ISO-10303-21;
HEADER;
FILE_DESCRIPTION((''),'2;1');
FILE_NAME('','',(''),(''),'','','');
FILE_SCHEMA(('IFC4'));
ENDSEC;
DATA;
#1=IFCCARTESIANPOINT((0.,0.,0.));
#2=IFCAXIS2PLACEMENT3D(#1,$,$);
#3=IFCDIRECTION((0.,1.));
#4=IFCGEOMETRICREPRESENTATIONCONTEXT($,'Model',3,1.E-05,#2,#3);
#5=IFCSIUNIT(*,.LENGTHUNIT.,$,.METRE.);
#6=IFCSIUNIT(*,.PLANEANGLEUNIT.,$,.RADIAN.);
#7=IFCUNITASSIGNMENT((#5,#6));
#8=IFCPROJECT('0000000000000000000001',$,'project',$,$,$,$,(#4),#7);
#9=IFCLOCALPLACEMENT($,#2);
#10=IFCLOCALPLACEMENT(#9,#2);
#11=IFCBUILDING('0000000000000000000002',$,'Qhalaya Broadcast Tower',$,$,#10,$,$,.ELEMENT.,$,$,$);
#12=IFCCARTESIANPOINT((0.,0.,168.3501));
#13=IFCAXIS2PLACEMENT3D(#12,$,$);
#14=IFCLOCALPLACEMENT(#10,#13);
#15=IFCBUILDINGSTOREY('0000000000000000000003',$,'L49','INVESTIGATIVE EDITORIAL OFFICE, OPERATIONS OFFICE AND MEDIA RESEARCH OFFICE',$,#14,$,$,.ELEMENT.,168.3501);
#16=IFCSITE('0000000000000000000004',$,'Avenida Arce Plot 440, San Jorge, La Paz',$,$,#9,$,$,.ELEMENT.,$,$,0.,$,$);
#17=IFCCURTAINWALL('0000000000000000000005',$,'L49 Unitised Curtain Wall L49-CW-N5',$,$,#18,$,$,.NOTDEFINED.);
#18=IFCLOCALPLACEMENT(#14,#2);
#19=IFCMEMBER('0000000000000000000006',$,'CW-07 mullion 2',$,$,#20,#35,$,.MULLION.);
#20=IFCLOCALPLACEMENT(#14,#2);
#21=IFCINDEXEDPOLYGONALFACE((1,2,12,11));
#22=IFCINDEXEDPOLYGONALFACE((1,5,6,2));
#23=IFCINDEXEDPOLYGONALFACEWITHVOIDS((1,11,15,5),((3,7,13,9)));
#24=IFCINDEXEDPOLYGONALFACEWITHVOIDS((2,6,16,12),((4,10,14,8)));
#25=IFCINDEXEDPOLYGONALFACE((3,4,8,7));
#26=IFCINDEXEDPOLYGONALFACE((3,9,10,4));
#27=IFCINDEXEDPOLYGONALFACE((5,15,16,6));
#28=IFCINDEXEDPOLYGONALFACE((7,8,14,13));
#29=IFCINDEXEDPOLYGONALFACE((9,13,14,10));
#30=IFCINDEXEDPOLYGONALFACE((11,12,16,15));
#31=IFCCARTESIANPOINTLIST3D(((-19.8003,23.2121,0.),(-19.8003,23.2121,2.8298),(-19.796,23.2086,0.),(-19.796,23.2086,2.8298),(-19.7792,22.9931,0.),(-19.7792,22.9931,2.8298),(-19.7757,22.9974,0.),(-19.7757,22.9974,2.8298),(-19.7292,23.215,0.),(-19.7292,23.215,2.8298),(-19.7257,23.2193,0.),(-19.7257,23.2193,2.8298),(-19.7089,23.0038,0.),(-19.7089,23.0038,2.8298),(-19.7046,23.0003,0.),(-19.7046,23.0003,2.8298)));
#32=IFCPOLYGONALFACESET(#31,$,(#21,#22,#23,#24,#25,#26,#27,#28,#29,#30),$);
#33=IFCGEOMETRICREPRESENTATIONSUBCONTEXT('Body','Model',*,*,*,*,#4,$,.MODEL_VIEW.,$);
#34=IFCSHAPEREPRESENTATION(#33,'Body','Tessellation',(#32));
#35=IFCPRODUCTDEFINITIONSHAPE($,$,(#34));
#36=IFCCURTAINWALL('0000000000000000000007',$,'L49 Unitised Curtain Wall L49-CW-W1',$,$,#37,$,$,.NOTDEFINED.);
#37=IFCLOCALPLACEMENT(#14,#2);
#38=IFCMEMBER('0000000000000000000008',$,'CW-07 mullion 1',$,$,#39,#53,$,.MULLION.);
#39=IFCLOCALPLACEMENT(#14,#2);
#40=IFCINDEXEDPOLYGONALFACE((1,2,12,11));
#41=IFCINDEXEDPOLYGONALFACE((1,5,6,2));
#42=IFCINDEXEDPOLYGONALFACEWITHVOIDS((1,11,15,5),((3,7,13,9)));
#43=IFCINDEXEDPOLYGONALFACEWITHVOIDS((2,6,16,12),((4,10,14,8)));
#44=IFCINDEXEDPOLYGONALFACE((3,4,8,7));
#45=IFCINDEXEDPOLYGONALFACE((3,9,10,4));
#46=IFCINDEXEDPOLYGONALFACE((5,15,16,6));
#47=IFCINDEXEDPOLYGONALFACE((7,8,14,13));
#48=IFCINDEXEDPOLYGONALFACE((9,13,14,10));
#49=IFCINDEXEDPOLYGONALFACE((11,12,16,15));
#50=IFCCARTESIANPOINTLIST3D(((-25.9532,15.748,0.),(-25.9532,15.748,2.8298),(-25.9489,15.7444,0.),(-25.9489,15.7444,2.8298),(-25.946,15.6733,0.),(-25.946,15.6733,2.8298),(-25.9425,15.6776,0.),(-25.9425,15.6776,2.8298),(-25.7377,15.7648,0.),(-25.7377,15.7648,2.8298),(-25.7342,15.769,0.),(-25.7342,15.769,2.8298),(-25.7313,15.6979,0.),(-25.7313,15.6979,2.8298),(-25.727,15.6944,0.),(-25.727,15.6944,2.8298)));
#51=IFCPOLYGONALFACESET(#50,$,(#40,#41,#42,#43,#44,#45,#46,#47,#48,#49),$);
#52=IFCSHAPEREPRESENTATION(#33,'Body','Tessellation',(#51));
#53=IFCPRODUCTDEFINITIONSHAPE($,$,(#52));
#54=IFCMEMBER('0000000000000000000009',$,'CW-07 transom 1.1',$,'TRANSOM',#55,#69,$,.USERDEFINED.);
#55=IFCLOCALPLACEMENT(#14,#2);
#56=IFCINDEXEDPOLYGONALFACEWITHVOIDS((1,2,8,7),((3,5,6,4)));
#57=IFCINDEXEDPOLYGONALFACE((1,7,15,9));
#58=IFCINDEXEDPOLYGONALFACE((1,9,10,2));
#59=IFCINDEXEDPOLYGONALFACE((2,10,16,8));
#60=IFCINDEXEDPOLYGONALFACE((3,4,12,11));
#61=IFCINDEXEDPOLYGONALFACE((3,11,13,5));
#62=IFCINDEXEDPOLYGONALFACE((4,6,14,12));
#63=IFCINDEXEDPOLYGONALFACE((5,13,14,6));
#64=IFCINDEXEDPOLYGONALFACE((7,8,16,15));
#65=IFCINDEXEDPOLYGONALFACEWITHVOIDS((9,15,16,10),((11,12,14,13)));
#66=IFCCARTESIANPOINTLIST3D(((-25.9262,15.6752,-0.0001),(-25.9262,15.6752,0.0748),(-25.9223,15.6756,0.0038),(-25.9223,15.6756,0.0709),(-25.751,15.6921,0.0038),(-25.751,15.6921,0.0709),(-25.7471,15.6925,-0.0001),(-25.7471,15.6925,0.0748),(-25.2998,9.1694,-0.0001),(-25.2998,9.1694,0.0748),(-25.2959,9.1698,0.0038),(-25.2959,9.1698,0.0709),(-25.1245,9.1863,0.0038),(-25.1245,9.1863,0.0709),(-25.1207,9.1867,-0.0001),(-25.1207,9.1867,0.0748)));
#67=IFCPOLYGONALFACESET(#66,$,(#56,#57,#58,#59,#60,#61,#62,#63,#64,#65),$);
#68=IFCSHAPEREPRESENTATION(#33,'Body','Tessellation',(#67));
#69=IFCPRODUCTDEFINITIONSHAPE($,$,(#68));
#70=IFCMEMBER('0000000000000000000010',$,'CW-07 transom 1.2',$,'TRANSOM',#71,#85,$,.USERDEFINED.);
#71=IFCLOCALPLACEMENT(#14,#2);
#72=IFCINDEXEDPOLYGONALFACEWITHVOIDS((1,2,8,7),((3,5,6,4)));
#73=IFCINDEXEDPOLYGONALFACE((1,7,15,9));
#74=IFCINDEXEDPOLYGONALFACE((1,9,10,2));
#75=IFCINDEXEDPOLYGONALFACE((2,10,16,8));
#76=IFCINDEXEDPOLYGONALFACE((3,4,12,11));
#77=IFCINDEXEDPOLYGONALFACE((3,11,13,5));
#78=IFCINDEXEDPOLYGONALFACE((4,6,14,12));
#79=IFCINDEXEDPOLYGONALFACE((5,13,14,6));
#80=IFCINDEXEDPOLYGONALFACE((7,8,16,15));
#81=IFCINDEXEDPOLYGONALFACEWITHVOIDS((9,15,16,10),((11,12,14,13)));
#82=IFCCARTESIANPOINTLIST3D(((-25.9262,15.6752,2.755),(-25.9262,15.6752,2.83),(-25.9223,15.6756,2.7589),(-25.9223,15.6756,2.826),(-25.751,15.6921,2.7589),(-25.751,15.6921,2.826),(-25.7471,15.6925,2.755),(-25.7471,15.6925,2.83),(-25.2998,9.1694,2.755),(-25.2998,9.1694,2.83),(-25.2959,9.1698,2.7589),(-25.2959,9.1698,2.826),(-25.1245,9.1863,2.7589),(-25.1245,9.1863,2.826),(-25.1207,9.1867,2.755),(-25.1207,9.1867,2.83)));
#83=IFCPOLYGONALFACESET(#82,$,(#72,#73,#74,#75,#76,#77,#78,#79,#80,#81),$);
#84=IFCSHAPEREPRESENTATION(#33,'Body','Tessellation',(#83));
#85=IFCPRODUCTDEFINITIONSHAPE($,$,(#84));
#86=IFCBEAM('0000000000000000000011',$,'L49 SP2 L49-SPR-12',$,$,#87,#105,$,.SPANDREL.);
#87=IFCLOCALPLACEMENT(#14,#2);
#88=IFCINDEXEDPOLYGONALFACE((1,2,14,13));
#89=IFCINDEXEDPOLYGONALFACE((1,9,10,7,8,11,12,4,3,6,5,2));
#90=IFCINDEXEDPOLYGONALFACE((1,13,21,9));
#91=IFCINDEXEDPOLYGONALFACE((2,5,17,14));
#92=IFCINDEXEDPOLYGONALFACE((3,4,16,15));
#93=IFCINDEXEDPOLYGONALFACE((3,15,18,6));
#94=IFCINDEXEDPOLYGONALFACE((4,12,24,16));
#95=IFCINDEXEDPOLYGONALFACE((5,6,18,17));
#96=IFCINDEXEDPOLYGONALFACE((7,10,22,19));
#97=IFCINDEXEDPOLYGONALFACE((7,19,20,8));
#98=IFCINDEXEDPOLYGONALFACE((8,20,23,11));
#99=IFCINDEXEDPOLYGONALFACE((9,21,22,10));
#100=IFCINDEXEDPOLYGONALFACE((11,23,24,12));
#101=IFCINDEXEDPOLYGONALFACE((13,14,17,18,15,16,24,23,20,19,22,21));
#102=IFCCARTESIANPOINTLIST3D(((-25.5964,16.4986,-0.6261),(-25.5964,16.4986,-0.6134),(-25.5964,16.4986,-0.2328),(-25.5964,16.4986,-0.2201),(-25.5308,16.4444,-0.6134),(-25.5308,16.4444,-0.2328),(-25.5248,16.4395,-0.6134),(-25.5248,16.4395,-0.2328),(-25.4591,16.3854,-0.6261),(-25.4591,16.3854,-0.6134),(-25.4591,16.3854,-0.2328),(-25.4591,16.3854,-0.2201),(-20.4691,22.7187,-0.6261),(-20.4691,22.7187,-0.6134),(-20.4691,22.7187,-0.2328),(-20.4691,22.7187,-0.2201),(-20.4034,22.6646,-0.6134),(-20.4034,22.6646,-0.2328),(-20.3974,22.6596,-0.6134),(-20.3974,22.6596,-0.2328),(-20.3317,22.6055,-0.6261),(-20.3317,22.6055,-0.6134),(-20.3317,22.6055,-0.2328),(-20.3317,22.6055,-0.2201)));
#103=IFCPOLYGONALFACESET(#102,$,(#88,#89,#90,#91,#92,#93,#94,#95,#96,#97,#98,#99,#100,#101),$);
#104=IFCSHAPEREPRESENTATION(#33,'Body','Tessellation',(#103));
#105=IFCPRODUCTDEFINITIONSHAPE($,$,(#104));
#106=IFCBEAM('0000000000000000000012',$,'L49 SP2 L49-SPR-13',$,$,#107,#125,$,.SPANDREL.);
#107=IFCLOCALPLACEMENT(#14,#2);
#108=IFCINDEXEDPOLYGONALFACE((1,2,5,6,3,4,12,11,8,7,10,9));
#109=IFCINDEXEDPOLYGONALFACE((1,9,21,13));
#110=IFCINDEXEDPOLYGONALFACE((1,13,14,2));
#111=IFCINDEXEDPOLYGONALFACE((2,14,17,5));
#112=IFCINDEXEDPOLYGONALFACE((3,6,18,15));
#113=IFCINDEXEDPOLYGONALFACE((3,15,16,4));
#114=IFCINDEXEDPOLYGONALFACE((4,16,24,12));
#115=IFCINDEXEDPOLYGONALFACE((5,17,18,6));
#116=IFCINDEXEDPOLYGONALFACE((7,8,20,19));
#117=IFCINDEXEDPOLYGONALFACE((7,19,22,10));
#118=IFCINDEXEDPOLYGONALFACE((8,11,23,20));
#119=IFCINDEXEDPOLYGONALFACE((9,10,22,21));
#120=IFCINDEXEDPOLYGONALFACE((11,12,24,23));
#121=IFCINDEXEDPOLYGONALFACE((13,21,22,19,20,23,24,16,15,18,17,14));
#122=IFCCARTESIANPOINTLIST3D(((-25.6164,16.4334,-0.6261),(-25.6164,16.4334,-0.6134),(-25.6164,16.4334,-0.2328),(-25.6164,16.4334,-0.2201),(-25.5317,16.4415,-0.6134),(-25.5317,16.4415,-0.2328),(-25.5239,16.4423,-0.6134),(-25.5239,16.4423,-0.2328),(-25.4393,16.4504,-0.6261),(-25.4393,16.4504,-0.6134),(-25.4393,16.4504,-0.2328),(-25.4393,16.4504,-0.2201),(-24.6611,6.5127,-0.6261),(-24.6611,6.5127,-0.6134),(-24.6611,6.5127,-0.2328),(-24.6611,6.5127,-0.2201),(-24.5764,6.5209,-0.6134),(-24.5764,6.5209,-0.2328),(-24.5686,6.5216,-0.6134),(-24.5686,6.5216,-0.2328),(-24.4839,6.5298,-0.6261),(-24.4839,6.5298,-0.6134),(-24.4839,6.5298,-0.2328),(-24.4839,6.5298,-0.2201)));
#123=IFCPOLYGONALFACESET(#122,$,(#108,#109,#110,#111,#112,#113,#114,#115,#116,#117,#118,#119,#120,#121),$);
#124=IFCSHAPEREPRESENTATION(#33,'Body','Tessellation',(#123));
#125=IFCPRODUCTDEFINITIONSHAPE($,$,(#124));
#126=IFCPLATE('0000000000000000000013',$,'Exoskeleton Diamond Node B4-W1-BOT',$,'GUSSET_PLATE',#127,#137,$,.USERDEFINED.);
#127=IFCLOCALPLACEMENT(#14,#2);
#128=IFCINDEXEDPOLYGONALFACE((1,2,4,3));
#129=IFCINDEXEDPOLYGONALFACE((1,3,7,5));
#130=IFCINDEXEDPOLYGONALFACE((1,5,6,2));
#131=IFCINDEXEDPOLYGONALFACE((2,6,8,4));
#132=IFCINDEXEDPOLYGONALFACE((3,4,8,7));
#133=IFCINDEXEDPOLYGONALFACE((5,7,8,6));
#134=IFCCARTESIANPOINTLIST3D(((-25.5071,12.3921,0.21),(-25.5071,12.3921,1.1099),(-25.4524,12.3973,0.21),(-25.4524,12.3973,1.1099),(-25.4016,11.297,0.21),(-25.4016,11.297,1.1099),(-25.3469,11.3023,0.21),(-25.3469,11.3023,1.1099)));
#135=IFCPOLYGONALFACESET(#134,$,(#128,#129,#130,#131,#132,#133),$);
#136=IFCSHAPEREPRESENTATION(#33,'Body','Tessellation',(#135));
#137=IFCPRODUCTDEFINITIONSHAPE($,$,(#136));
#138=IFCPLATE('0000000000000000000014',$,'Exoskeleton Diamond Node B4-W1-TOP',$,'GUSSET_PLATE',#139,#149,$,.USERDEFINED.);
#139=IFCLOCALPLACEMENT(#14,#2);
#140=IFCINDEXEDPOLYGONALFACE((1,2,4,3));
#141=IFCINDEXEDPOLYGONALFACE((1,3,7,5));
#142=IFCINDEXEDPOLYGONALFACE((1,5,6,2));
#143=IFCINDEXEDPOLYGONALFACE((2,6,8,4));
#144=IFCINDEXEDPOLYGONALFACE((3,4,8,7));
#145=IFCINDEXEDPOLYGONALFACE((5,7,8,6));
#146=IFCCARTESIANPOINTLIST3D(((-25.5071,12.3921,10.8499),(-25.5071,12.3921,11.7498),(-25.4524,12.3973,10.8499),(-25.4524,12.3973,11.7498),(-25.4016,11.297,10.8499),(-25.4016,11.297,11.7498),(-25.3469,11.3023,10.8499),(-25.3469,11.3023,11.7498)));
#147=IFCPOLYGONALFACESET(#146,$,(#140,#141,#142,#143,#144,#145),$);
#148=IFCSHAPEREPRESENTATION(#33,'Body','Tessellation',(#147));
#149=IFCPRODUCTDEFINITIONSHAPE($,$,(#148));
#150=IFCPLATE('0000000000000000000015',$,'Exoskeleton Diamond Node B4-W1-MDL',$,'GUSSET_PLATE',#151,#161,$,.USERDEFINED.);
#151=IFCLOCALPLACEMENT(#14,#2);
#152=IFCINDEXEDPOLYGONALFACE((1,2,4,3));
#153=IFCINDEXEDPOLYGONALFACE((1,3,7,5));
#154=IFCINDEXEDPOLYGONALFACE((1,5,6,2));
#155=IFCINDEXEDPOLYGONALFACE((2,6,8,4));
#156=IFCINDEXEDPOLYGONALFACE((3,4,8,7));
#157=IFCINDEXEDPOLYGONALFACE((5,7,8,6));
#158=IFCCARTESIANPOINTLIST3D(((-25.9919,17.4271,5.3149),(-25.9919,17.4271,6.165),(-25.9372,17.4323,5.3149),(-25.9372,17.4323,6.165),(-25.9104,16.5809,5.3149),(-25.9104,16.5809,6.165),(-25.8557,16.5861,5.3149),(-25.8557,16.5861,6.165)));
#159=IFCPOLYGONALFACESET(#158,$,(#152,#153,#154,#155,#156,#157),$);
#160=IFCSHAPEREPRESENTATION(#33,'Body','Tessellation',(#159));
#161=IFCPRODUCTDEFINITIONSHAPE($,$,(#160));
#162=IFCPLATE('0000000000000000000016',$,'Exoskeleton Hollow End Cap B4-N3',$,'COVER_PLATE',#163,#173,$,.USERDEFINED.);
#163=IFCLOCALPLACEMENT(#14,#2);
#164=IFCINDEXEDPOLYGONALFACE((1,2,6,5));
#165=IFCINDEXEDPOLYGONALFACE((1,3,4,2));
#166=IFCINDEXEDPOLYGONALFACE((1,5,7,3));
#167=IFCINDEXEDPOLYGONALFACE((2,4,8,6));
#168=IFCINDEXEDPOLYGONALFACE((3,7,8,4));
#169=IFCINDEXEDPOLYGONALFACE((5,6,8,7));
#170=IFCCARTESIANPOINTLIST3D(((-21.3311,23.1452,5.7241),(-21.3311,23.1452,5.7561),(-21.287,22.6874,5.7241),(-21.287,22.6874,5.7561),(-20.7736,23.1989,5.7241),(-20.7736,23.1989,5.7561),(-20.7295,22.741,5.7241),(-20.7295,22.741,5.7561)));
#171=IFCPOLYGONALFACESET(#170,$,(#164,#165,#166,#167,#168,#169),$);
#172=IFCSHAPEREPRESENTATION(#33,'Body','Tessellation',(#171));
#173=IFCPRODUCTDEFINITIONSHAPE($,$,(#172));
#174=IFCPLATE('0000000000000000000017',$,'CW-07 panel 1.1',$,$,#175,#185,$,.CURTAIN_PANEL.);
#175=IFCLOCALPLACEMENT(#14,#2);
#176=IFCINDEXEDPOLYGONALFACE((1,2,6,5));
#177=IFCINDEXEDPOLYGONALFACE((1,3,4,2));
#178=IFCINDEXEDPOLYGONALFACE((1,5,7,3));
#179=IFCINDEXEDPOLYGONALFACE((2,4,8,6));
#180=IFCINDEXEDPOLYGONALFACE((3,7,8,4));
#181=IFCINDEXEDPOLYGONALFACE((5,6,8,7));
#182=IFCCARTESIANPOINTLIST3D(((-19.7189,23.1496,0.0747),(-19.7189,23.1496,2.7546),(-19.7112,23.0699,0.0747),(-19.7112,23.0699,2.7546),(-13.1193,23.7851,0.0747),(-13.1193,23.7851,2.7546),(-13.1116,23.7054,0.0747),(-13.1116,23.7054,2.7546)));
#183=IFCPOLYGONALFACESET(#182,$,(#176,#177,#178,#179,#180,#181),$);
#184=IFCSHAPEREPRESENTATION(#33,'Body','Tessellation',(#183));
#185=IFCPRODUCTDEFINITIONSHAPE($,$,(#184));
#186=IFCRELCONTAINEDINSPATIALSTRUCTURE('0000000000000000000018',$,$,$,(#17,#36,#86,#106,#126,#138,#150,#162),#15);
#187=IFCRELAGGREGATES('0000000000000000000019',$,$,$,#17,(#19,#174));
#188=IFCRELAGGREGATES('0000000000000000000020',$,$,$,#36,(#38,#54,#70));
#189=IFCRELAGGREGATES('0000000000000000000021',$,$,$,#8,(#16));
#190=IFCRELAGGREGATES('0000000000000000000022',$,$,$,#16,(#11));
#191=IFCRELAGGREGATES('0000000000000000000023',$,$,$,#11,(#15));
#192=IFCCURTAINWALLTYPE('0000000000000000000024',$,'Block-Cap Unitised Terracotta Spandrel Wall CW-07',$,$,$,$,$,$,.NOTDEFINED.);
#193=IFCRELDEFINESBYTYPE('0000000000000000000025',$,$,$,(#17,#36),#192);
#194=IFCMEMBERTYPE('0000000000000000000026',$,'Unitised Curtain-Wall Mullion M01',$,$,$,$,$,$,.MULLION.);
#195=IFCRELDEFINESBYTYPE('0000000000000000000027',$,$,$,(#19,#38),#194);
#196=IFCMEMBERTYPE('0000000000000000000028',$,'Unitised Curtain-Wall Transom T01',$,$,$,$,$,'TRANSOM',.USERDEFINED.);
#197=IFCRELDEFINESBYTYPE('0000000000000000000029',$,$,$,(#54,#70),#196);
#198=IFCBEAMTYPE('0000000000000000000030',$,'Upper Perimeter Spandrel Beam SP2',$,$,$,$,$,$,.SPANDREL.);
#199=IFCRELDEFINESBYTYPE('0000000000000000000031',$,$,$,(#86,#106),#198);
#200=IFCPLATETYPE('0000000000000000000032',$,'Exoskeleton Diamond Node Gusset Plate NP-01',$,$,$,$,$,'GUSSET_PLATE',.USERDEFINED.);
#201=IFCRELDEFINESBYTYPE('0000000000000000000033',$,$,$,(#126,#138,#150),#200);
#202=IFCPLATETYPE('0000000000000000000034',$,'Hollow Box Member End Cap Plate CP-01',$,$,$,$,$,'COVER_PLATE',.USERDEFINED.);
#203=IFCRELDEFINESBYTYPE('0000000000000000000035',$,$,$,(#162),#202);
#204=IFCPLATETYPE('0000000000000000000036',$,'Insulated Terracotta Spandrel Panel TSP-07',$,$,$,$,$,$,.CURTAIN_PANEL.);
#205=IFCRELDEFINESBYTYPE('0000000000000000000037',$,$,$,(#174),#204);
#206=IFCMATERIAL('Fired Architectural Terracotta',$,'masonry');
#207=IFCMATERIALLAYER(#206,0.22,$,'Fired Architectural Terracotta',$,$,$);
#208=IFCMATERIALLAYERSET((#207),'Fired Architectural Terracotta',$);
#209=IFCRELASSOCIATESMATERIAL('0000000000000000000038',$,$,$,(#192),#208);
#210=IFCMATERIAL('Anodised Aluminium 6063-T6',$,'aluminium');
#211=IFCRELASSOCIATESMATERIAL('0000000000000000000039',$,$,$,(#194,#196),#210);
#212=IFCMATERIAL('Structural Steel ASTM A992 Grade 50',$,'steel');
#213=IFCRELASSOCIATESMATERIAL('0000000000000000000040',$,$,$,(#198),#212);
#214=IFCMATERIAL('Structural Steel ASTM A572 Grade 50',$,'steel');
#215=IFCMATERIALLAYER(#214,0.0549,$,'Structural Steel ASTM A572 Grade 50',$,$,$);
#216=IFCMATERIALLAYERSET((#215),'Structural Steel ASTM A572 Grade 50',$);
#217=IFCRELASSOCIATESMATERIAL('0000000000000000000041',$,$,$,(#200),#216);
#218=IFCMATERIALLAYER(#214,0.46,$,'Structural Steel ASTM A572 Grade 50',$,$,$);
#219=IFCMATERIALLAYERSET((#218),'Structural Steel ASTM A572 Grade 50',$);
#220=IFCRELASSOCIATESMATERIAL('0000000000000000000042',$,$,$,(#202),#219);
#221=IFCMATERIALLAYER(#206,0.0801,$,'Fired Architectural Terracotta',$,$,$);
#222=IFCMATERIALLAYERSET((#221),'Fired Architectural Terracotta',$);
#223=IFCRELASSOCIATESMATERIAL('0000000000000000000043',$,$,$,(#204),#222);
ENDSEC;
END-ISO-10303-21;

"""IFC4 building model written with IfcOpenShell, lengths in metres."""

from ifc_helpers import new_model, si_unit, direction, frame, origin, origin_2d, place, context, subcontext, project, spatial, rectangle, hollow_rectangle, i_section, extrude, material, layer, layer_set, material_profile, profile_set, type_object, element, aggregate, save


model = new_model("IFC4")

# Units and contexts
model_context = context("Model", 3, precision=1e-05, world=origin(), true_north=direction((0.0, 1.0)))
body_context = subcontext(model_context, "Body", "Model", "MODEL_VIEW")
ifc_project = project(units=[si_unit("LENGTHUNIT", "METRE"), si_unit("PLANEANGLEUNIT", "RADIAN")], contexts=[model_context])

# Site, building, storey
site_placement = place(None, origin())
site = spatial("IfcSite", under=ifc_project, at=site_placement, Name="Avenida Arce Plot 440, San Jorge, La Paz", CompositionType="ELEMENT", RefElevation=0.0)
building_placement = place(site_placement, origin())
building = spatial("IfcBuilding", under=site, at=building_placement, Name="Qhalaya Broadcast Tower", CompositionType="ELEMENT")
storey_placement = place(building_placement, frame((0.0, 0.0, 168.3501)))
storey = spatial("IfcBuildingStorey", under=building, at=storey_placement, Name="L49", Description="INVESTIGATIVE EDITORIAL OFFICE, OPERATIONS OFFICE AND MEDIA RESEARCH OFFICE", CompositionType="ELEMENT", Elevation=168.3501)

# Shared definitions
ifc_material_1 = material(Name="Structural Steel ASTM A572 Grade 50", Category="steel")

# Shared definitions
ifc_material_2 = material(Name="Structural Steel ASTM A992 Grade 50", Category="steel")

# Shared definitions
ifc_material_3 = material(Name="Fired Architectural Terracotta", Category="masonry")

# Curtain wall, member
ifc_layer_1 = layer(ifc_material_3, 0.22, Name="Fired Architectural Terracotta")
ifc_layer_set_1 = layer_set([ifc_layer_1], Name="Fired Architectural Terracotta")
curtain_wall_type = type_object("IfcCurtainWallType", Name="Block-Cap Unitised Terracotta Spandrel Wall CW-07", PredefinedType="NOTDEFINED", material=ifc_layer_set_1)
curtain_wall_1_placement = place(storey_placement, origin())
curtain_wall_1 = element("IfcCurtainWall", 1, at=curtain_wall_1_placement, inside=storey, type_object=curtain_wall_type, Name="L49 Unitised Curtain Wall L49-CW-N5", PredefinedType="NOTDEFINED")
ifc_material_4 = material(Name="Anodised Aluminium 6063-T6", Category="aluminium")
ifc_material_profile_1 = material_profile(ifc_material_4, hollow_rectangle(XDim=0.075, YDim=0.22, WallThickness=0.0039, at=origin_2d()), Name="ALU-MUL 75x220x4")
ifc_profile_set_1 = profile_set([ifc_material_profile_1], Name="Anodised Aluminium 6063-T6")
member_type_1 = type_object("IfcMemberType", Name="Unitised Curtain-Wall Mullion M01", PredefinedType="MULLION", material=ifc_profile_set_1)
member_1_placement = place(storey_placement, frame((-19.7524, 23.1062, 0.0), z_axis=(0.0, 0.0, 1.0), x_axis=(-0.995397, -0.095841, 0.0)))
member_1 = element("IfcMember", 2, at=member_1_placement, type_object=member_type_1, Name="CW-07 mullion 2", PredefinedType="MULLION", context=body_context, shape_type="SweptSolid", body=[
    extrude(hollow_rectangle(XDim=0.075, YDim=0.22, WallThickness=0.0039, at=origin_2d()), origin(), (0.0, 0.0, 1.0), 2.8298),
])

# Curtain wall, members
curtain_wall_2_placement = place(storey_placement, origin())
curtain_wall_2 = element("IfcCurtainWall", 3, at=curtain_wall_2_placement, inside=storey, type_object=curtain_wall_type, Name="L49 Unitised Curtain Wall L49-CW-W1", PredefinedType="NOTDEFINED")
member_2_placement = place(storey_placement, frame((-25.8401, 15.7212, 0.0), z_axis=(0.0, 0.0, 1.0), x_axis=(0.095842, -0.995397, 0.0)))
member_2 = element("IfcMember", 4, at=member_2_placement, type_object=member_type_1, Name="CW-07 mullion 1", PredefinedType="MULLION", context=body_context, shape_type="SweptSolid", body=[
    extrude(hollow_rectangle(XDim=0.075, YDim=0.22, WallThickness=0.0039, at=origin_2d()), origin(), (0.0, 0.0, 1.0), 2.8298),
])
ifc_material_profile_2 = material_profile(ifc_material_4, hollow_rectangle(XDim=0.075, YDim=0.1799, WallThickness=0.0039, at=origin_2d()), Name="ALU-TRN 75x180x4")
ifc_profile_set_2 = profile_set([ifc_material_profile_2], Name="Anodised Aluminium 6063-T6")
member_type_2 = type_object("IfcMemberType", Name="Unitised Curtain-Wall Transom T01", ElementType="TRANSOM", PredefinedType="USERDEFINED", material=ifc_profile_set_2)
member_3_placement = place(storey_placement, frame((-25.8367, 15.6838, 0.0374), z_axis=(0.095849, -0.995396, 0.0), x_axis=(0.0, 0.0, 1.0)))
member_3 = element("IfcMember", 5, at=member_3_placement, type_object=member_type_2, Name="CW-07 transom 1.1", ObjectType="TRANSOM", PredefinedType="USERDEFINED", context=body_context, shape_type="SweptSolid", body=[
    extrude(hollow_rectangle(XDim=0.075, YDim=0.1799, WallThickness=0.0039, at=origin_2d()), origin(), (0.0, 0.0, 1.0), 6.5359),
])
member_4_placement = place(storey_placement, frame((-25.8367, 15.6838, 2.7925), z_axis=(0.095849, -0.995396, 0.0), x_axis=(0.0, 0.0, 1.0)))
member_4 = element("IfcMember", 6, at=member_4_placement, type_object=member_type_2, Name="CW-07 transom 1.2", ObjectType="TRANSOM", PredefinedType="USERDEFINED", context=body_context, shape_type="SweptSolid", body=[
    extrude(hollow_rectangle(XDim=0.075, YDim=0.1799, WallThickness=0.0039, at=origin_2d()), origin(), (0.0, 0.0, 1.0), 6.5359),
])

# Beams
ifc_material_profile_3 = material_profile(ifc_material_2, i_section(OverallWidth=0.178, OverallDepth=0.406, WebThickness=0.0078, FlangeThickness=0.0127, at=origin_2d()), Name="W16X40")
ifc_profile_set_3 = profile_set([ifc_material_profile_3], Name="Structural Steel ASTM A992 Grade 50")
beam_type_1 = type_object("IfcBeamType", Name="Upper Perimeter Spandrel Beam SP2", PredefinedType="SPANDREL", material=ifc_profile_set_3)
beam_1_placement = place(storey_placement, frame((-20.4004, 22.6621, -0.4231), z_axis=(-0.63607, -0.771631, 0.0), x_axis=(0.771631, -0.63607, 0.0)))
element("IfcBeam", 7, at=beam_1_placement, inside=storey, type_object=beam_type_1, Name="L49 SP2 L49-SPR-12", PredefinedType="SPANDREL", context=body_context, shape_type="SweptSolid", body=[
    extrude(i_section(OverallWidth=0.178, OverallDepth=0.406, WebThickness=0.0078, FlangeThickness=0.0127, at=origin_2d()), origin(), (0.0, 0.0, 1.0), 8.061),
])
beam_2_placement = place(storey_placement, frame((-25.5278, 16.4419, -0.4231), z_axis=(0.095853, -0.995396, 0.0), x_axis=(0.995396, 0.095853, 0.0)))
element("IfcBeam", 8, at=beam_2_placement, inside=storey, type_object=beam_type_1, Name="L49 SP2 L49-SPR-13", PredefinedType="SPANDREL", context=body_context, shape_type="SweptSolid", body=[
    extrude(i_section(OverallWidth=0.178, OverallDepth=0.406, WebThickness=0.0078, FlangeThickness=0.0127, at=origin_2d()), origin(), (0.0, 0.0, 1.0), 9.9666),
])

# Plates
ifc_layer_2 = layer(ifc_material_1, 0.0549, Name="Structural Steel ASTM A572 Grade 50")
ifc_layer_set_2 = layer_set([ifc_layer_2], Name="Structural Steel ASTM A572 Grade 50")
plate_type_1 = type_object("IfcPlateType", Name="Exoskeleton Diamond Node Gusset Plate NP-01", ElementType="GUSSET_PLATE", PredefinedType="USERDEFINED", material=ifc_layer_set_2)
for number, where, z_axis, x_axis, name in (
    (9, (-25.427, 11.8472, 0.21), (0.0, 0.0, 1.0), (-0.095846, 0.995396, 0.0), "Exoskeleton Diamond Node B4-W1-BOT"),
    (10, (-25.427, 11.8472, 10.8499), (0.0, 0.0, 1.0), (-0.095846, 0.995396, 0.0), "Exoskeleton Diamond Node B4-W1-TOP"),
):
    element("IfcPlate", number, at=place(storey_placement, frame(where, z_axis=z_axis, x_axis=x_axis)), inside=storey, type_object=plate_type_1, Name=name, ObjectType="GUSSET_PLATE", PredefinedType="USERDEFINED", context=body_context, shape_type="SweptSolid", body=[
        extrude(rectangle(XDim=1.1001, YDim=0.0549, at=origin_2d()), origin(), (0.0, 0.0, 1.0), 0.8999),
    ])
plate_1_placement = place(storey_placement, frame((-25.9238, 17.0066, 5.3149), z_axis=(0.0, 0.0, 1.0), x_axis=(-0.095846, 0.995396, 0.0)))
element("IfcPlate", 11, at=plate_1_placement, inside=storey, type_object=plate_type_1, Name="Exoskeleton Diamond Node B4-W1-MDL", ObjectType="GUSSET_PLATE", PredefinedType="USERDEFINED", context=body_context, shape_type="SweptSolid", body=[
    extrude(rectangle(XDim=0.8501, YDim=0.0549, at=origin_2d()), origin(), (0.0, 0.0, 1.0), 0.8501),
])
ifc_layer_3 = layer(ifc_material_1, 0.46, Name="Structural Steel ASTM A572 Grade 50")
ifc_layer_set_3 = layer_set([ifc_layer_3], Name="Structural Steel ASTM A572 Grade 50")
plate_type_2 = type_object("IfcPlateType", Name="Hollow Box Member End Cap Plate CP-01", ElementType="COVER_PLATE", PredefinedType="USERDEFINED", material=ifc_layer_set_3)
plate_2_placement = place(storey_placement, frame((-21.0303, 22.9431, 5.7241), z_axis=(0.0, 0.0, 1.0), x_axis=(0.995396, 0.095846, 0.0)))
element("IfcPlate", 12, at=plate_2_placement, inside=storey, type_object=plate_type_2, Name="Exoskeleton Hollow End Cap B4-N3", ObjectType="COVER_PLATE", PredefinedType="USERDEFINED", context=body_context, shape_type="SweptSolid", body=[
    extrude(rectangle(XDim=0.5601, YDim=0.46, at=origin_2d()), origin(), (0.0, 0.0, 1.0), 0.032),
])

# Plate
ifc_layer_4 = layer(ifc_material_3, 0.0801, Name="Fired Architectural Terracotta")
ifc_layer_set_4 = layer_set([ifc_layer_4], Name="Fired Architectural Terracotta")
plate_type_3 = type_object("IfcPlateType", Name="Insulated Terracotta Spandrel Panel TSP-07", PredefinedType="CURTAIN_PANEL", material=ifc_layer_set_4)
plate_3_placement = place(storey_placement, frame((-16.4153, 23.4275, 0.0747), z_axis=(0.0, 0.0, 1.0), x_axis=(-0.995397, -0.095841, 0.0)))
plate_3 = element("IfcPlate", 13, at=plate_3_placement, type_object=plate_type_3, Name="CW-07 panel 1.1", PredefinedType="CURTAIN_PANEL", context=body_context, shape_type="SweptSolid", body=[
    extrude(rectangle(XDim=6.6301, YDim=0.0801, at=origin_2d()), origin(), (0.0, 0.0, 1.0), 2.6799),
])
aggregate(curtain_wall_1, [member_1, plate_3])
aggregate(curtain_wall_2, [member_2, member_3, member_4])

save(model, "model.ifc")
